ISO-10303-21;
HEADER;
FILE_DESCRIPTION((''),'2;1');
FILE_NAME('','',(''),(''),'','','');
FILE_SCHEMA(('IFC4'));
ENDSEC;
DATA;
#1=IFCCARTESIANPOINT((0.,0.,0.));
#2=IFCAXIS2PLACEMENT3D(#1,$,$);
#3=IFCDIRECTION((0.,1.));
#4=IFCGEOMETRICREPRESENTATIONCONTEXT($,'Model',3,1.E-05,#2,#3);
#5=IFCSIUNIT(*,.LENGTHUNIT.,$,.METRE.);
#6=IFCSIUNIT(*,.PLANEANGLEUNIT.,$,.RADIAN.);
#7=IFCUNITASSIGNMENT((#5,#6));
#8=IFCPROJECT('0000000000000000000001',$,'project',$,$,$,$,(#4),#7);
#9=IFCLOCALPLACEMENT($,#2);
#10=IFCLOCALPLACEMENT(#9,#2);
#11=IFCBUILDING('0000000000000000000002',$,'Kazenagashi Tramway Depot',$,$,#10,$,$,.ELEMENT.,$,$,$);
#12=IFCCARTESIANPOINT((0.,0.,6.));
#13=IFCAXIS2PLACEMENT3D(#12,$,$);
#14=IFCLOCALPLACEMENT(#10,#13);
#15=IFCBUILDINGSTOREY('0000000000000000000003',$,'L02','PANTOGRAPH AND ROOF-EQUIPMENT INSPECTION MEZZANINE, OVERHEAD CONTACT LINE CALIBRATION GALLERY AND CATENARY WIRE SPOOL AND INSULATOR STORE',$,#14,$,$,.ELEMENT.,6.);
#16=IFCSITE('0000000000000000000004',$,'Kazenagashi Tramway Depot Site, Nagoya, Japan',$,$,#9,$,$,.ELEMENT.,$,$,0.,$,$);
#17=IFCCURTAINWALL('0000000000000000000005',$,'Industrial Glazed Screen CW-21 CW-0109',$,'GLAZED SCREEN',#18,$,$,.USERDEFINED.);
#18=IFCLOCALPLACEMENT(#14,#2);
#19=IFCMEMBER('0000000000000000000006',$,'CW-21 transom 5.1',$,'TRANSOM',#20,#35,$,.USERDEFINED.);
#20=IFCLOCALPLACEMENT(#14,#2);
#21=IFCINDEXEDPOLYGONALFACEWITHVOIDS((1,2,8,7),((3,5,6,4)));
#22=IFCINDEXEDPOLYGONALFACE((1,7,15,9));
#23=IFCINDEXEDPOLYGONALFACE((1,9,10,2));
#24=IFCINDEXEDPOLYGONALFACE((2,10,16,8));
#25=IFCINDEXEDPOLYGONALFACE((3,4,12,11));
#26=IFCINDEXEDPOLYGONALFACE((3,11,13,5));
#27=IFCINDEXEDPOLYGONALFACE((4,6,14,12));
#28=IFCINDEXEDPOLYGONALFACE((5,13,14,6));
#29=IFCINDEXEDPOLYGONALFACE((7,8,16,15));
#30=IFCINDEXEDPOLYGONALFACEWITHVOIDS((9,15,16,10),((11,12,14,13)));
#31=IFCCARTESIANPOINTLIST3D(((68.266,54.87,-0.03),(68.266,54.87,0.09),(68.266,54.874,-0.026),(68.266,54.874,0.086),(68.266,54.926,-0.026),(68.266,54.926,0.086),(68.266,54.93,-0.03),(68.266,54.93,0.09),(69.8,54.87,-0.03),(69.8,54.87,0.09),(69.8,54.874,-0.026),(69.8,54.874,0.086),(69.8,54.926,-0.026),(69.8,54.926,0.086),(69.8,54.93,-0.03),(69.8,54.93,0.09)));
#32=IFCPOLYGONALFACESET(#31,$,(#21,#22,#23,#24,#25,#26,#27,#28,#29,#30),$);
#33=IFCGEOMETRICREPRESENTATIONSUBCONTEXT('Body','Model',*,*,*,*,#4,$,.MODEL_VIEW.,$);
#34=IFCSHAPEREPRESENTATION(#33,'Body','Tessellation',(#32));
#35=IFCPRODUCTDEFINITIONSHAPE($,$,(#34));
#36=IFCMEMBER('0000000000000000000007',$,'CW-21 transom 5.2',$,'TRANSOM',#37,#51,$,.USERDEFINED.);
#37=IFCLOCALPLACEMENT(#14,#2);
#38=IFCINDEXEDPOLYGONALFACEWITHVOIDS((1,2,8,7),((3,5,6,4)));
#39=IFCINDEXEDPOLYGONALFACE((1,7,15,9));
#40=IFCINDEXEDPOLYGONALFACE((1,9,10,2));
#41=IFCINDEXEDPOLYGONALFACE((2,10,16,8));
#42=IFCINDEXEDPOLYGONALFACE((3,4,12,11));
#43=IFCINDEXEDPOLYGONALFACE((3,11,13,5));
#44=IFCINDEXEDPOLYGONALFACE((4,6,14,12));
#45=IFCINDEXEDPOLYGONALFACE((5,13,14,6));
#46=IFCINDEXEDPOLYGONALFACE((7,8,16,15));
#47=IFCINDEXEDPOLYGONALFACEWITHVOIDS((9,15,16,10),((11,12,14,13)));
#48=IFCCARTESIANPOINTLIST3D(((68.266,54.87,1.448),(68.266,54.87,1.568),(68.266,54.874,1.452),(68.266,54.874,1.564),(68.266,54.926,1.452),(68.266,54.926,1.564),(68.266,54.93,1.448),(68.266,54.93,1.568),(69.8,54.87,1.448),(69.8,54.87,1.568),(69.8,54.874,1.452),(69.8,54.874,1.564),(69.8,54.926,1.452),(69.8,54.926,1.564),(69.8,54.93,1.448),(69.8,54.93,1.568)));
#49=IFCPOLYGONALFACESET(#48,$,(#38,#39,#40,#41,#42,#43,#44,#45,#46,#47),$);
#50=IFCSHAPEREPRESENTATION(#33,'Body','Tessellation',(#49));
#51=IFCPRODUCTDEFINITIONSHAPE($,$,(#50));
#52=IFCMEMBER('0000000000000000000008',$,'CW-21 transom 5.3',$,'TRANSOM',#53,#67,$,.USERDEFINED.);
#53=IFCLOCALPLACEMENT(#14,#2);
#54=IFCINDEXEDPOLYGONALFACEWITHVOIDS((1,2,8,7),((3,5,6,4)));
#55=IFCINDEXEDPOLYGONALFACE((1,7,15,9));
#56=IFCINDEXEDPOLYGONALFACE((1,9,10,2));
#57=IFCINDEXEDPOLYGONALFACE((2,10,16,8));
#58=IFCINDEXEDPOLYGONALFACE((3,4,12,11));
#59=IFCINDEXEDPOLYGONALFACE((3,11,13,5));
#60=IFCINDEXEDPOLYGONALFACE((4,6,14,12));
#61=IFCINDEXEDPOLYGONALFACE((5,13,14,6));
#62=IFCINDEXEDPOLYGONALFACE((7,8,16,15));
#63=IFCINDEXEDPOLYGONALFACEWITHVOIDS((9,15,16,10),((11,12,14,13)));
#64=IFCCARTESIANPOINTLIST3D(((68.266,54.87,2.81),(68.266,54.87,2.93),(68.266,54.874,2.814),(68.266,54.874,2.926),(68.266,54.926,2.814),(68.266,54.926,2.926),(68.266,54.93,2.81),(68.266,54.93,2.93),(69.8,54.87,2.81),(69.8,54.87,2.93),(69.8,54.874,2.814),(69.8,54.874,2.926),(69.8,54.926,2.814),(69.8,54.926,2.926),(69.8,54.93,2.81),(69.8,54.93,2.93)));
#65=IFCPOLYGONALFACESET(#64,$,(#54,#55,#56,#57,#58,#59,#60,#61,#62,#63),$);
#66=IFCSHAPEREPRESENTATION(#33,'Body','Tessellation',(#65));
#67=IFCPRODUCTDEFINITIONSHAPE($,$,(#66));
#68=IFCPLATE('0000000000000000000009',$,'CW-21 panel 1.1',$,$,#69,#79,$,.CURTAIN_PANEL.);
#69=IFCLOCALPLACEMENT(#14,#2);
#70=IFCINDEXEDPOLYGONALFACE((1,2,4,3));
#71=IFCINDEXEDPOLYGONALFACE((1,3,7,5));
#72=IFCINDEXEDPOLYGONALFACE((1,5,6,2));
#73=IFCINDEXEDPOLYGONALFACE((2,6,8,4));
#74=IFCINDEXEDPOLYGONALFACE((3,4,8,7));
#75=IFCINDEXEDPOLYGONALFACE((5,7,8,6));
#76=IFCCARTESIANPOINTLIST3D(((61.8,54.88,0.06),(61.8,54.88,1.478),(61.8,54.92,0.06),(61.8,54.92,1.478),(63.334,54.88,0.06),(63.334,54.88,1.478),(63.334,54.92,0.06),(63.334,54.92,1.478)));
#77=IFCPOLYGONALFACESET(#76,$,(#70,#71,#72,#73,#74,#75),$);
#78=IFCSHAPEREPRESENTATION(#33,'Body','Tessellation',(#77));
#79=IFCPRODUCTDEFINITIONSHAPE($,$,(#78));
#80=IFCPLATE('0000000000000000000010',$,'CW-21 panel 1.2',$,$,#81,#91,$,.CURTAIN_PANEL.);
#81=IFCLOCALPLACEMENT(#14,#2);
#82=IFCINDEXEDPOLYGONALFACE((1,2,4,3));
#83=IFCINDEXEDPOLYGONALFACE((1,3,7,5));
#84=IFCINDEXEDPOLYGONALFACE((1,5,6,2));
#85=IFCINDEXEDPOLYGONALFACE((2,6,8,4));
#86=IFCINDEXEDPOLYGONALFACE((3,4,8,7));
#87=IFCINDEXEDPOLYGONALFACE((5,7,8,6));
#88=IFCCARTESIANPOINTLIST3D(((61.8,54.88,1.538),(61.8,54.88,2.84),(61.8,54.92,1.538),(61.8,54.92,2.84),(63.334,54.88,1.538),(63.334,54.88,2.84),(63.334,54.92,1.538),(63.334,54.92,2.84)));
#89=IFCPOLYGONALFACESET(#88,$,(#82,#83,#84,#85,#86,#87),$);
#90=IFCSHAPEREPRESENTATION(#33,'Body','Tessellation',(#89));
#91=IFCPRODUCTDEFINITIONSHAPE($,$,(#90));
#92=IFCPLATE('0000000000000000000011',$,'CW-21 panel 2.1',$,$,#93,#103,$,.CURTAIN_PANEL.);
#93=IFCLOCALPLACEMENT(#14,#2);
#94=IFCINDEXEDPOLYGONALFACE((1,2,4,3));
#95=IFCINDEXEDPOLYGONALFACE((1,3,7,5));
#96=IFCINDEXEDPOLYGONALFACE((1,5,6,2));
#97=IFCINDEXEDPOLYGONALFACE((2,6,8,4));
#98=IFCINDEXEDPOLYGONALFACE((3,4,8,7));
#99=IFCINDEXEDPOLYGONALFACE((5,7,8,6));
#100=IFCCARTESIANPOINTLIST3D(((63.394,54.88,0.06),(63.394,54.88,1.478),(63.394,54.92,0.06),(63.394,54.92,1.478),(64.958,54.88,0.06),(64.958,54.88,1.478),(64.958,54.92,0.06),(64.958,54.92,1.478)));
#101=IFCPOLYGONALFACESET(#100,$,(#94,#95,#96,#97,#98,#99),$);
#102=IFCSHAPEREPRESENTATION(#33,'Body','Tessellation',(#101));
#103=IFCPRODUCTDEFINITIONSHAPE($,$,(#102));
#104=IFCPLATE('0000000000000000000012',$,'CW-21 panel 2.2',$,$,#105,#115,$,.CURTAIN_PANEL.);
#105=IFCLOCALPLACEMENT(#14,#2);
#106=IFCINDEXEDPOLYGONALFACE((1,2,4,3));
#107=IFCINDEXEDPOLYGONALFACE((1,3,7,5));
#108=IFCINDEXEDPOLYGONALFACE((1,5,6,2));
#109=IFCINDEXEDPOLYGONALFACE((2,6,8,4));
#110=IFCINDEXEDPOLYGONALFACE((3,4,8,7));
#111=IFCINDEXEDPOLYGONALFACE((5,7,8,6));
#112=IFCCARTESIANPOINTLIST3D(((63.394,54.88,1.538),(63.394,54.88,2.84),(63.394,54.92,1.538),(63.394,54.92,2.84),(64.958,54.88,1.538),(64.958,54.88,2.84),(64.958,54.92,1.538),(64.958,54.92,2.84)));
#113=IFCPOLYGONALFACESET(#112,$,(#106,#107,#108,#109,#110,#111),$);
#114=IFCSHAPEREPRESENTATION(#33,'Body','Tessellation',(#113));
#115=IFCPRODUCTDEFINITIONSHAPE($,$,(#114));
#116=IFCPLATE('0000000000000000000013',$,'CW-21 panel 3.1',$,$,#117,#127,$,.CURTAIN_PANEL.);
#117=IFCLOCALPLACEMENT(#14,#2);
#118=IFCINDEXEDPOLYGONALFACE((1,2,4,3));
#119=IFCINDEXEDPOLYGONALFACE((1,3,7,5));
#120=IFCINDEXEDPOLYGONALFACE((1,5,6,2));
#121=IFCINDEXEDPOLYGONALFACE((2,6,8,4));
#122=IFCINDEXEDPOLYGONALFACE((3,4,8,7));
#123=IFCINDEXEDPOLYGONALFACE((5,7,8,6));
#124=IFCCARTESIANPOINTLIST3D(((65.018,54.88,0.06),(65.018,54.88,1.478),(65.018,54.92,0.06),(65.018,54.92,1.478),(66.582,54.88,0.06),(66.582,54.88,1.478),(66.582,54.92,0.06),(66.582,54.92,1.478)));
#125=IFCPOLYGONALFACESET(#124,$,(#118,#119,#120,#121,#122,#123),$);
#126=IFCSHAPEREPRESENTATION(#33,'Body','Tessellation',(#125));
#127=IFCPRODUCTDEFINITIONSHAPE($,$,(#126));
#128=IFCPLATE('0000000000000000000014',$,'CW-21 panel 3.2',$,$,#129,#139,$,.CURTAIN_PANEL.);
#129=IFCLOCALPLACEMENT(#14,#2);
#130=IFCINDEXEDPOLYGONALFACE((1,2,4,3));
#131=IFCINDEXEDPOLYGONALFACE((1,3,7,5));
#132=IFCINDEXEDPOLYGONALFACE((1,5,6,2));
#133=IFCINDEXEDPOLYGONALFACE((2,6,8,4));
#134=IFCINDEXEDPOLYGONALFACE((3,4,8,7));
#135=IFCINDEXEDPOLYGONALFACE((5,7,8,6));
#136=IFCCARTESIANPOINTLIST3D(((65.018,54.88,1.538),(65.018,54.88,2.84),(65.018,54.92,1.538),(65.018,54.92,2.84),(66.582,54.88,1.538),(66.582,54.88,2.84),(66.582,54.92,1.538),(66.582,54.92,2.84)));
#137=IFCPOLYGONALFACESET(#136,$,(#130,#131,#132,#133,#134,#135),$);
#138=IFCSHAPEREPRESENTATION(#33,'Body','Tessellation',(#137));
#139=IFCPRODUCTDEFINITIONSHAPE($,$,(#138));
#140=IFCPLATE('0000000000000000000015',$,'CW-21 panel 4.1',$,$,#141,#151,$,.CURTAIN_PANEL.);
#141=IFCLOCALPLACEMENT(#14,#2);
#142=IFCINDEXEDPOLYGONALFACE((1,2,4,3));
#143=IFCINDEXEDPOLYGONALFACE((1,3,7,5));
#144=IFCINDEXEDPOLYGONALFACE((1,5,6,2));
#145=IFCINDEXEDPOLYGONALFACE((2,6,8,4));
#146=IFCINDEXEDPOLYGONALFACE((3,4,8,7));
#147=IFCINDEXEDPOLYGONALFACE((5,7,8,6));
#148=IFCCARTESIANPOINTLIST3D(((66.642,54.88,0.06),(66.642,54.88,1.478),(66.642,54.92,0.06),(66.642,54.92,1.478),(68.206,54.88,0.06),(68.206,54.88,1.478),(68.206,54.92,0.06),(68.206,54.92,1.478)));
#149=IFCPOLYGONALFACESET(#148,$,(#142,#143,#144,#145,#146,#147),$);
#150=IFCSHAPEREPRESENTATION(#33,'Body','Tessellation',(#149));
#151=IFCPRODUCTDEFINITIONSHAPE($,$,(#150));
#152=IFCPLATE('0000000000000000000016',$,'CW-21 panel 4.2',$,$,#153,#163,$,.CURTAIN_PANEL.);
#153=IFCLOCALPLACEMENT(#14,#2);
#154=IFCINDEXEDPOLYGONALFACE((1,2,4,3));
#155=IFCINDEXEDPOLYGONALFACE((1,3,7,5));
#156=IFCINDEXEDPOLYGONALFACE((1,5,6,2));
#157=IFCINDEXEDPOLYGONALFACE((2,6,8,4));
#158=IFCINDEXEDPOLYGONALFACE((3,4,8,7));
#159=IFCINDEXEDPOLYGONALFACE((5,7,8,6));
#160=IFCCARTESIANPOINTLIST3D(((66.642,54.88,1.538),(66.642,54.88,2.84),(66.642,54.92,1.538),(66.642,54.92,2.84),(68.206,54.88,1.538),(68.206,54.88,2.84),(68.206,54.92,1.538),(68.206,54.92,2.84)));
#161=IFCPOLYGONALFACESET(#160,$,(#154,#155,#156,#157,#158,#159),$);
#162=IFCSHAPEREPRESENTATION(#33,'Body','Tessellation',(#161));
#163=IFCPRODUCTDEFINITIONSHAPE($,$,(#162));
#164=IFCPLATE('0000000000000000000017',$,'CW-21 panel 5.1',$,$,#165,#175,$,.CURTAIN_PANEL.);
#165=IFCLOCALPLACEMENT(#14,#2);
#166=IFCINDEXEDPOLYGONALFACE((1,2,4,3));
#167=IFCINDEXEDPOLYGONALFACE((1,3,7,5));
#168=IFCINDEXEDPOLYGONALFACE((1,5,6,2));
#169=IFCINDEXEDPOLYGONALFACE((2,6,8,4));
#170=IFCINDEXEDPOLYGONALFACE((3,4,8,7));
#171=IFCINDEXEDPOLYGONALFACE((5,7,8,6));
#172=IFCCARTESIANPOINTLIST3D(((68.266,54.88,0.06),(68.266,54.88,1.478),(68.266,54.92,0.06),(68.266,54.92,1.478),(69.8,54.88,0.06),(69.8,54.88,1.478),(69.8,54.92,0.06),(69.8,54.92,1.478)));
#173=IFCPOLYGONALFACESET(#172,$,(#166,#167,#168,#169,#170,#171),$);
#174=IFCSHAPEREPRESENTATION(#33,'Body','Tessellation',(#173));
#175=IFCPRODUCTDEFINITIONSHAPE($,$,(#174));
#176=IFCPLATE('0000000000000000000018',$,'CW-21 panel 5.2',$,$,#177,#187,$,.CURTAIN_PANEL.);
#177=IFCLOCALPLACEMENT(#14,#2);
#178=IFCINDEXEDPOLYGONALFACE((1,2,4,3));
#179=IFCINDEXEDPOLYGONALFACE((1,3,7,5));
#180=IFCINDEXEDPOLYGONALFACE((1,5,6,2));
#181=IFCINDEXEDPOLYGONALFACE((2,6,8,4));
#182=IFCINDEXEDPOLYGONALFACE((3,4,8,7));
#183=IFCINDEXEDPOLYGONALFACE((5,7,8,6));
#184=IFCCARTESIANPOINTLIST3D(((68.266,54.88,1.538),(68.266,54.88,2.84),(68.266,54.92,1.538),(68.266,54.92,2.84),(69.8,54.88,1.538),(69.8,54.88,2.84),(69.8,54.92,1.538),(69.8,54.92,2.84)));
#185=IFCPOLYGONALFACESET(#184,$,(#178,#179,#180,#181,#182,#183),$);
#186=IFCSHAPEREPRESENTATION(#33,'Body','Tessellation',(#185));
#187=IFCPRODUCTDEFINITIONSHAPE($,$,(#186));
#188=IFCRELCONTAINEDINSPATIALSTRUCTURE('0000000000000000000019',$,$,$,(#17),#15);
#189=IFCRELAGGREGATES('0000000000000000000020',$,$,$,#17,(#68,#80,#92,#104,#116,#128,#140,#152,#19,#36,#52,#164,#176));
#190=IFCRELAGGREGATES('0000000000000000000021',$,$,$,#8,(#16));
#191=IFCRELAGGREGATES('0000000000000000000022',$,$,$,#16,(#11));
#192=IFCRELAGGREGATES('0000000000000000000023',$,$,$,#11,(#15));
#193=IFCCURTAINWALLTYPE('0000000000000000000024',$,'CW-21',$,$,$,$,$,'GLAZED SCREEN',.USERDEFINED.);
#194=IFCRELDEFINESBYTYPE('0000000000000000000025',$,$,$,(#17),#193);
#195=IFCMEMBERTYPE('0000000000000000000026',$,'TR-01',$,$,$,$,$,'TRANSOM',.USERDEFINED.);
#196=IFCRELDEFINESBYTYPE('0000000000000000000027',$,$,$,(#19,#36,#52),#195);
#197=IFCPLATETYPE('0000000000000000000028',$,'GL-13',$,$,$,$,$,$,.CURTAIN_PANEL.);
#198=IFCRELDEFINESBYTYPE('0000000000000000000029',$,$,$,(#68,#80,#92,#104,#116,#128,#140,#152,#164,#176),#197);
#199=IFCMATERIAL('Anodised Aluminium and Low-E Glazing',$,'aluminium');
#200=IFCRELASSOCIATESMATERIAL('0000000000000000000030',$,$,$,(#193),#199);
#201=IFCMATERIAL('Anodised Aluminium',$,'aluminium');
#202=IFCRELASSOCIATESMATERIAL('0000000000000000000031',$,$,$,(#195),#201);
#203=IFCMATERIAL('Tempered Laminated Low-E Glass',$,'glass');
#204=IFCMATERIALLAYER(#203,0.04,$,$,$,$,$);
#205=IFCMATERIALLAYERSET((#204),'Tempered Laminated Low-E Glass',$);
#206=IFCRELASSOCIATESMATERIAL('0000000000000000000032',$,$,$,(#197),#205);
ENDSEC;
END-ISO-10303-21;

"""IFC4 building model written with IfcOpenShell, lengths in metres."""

from ifc_helpers import new_model, si_unit, direction, frame, origin, origin_2d, place, context, subcontext, project, spatial, rectangle, hollow_rectangle, extrude, material, layer, layer_set, material_profile, profile_set, type_object, element, aggregate, save


model = new_model("IFC4")

# Units and contexts
model_context = context("Model", 3, precision=1e-05, world=origin(), true_north=direction((0.0, 1.0)))
body_context = subcontext(model_context, "Body", "Model", "MODEL_VIEW")
ifc_project = project(units=[si_unit("LENGTHUNIT", "METRE"), si_unit("PLANEANGLEUNIT", "RADIAN")], contexts=[model_context])

# Site, building, storey
site_placement = place(None, origin())
site = spatial("IfcSite", under=ifc_project, at=site_placement, Name="Kazenagashi Tramway Depot Site, Nagoya, Japan", CompositionType="ELEMENT", RefElevation=0.0)
building_placement = place(site_placement, origin())
building = spatial("IfcBuilding", under=site, at=building_placement, Name="Kazenagashi Tramway Depot", CompositionType="ELEMENT")
storey_placement = place(building_placement, frame((0.0, 0.0, 6.0)))
storey = spatial("IfcBuildingStorey", under=building, at=storey_placement, Name="L02", Description="PANTOGRAPH AND ROOF-EQUIPMENT INSPECTION MEZZANINE, OVERHEAD CONTACT LINE CALIBRATION GALLERY AND CATENARY WIRE SPOOL AND INSULATOR STORE", CompositionType="ELEMENT", Elevation=6.0)

# Curtain wall, members, plates
ifc_material_1 = material(Name="Anodised Aluminium and Low-E Glazing", Category="aluminium")
curtain_wall_type = type_object("IfcCurtainWallType", Name="CW-21", ElementType="GLAZED SCREEN", PredefinedType="USERDEFINED", material=ifc_material_1)
curtain_wall_placement = place(storey_placement, origin())
curtain_wall = element("IfcCurtainWall", 1, at=curtain_wall_placement, inside=storey, type_object=curtain_wall_type, Name="Industrial Glazed Screen CW-21 CW-0109", ObjectType="GLAZED SCREEN", PredefinedType="USERDEFINED")
ifc_material_2 = material(Name="Anodised Aluminium", Category="aluminium")
ifc_material_profile_1 = material_profile(ifc_material_2, hollow_rectangle(XDim=0.06, YDim=0.12, WallThickness=0.004, at=origin_2d()), Name="RHS-120x60x4")
ifc_profile_set_1 = profile_set([ifc_material_profile_1], Name="Anodised Aluminium")
member_type_1 = type_object("IfcMemberType", Name="TR-01", ElementType="TRANSOM", PredefinedType="USERDEFINED", material=ifc_profile_set_1)
member_1_placement = place(storey_placement, frame((68.266, 54.9, 0.03), z_axis=(1.0, 0.0, 0.0), x_axis=(0.0, 1.0, 0.0)))
member_1 = element("IfcMember", 2, at=member_1_placement, type_object=member_type_1, Name="CW-21 transom 5.1", ObjectType="TRANSOM", PredefinedType="USERDEFINED", context=body_context, shape_type="SweptSolid", body=[
    extrude(hollow_rectangle(XDim=0.06, YDim=0.12, WallThickness=0.004, at=origin_2d()), origin(), (0.0, 0.0, 1.0), 1.534),
])
member_2_placement = place(storey_placement, frame((68.266, 54.9, 1.508), z_axis=(1.0, 0.0, 0.0), x_axis=(0.0, 1.0, 0.0)))
member_2 = element("IfcMember", 3, at=member_2_placement, type_object=member_type_1, Name="CW-21 transom 5.2", ObjectType="TRANSOM", PredefinedType="USERDEFINED", context=body_context, shape_type="SweptSolid", body=[
    extrude(hollow_rectangle(XDim=0.06, YDim=0.12, WallThickness=0.004, at=origin_2d()), origin(), (0.0, 0.0, 1.0), 1.534),
])
member_3_placement = place(storey_placement, frame((68.266, 54.9, 2.87), z_axis=(1.0, 0.0, 0.0), x_axis=(0.0, 1.0, 0.0)))
member_3 = element("IfcMember", 4, at=member_3_placement, type_object=member_type_1, Name="CW-21 transom 5.3", ObjectType="TRANSOM", PredefinedType="USERDEFINED", context=body_context, shape_type="SweptSolid", body=[
    extrude(hollow_rectangle(XDim=0.06, YDim=0.12, WallThickness=0.004, at=origin_2d()), origin(), (0.0, 0.0, 1.0), 1.534),
])
ifc_material_3 = material(Name="Tempered Laminated Low-E Glass", Category="glass")
ifc_layer = layer(ifc_material_3, 0.04)
ifc_layer_set = layer_set([ifc_layer], Name="Tempered Laminated Low-E Glass")
plate_type = type_object("IfcPlateType", Name="GL-13", PredefinedType="CURTAIN_PANEL", material=ifc_layer_set)
plate_1_placement = place(storey_placement, frame((62.567, 54.9, 0.06), z_axis=(0.0, 0.0, 1.0), x_axis=(1.0, 0.0, 0.0)))
plate_1 = element("IfcPlate", 5, at=plate_1_placement, type_object=plate_type, Name="CW-21 panel 1.1", PredefinedType="CURTAIN_PANEL", context=body_context, shape_type="SweptSolid", body=[
    extrude(rectangle(XDim=1.534, YDim=0.04, at=origin_2d()), origin(), (0.0, 0.0, 1.0), 1.418),
])
plate_2_placement = place(storey_placement, frame((62.567, 54.9, 1.538), z_axis=(0.0, 0.0, 1.0), x_axis=(1.0, 0.0, 0.0)))
plate_2 = element("IfcPlate", 6, at=plate_2_placement, type_object=plate_type, Name="CW-21 panel 1.2", PredefinedType="CURTAIN_PANEL", context=body_context, shape_type="SweptSolid", body=[
    extrude(rectangle(XDim=1.534, YDim=0.04, at=origin_2d()), origin(), (0.0, 0.0, 1.0), 1.302),
])
plate_3_placement = place(storey_placement, frame((64.176, 54.9, 0.06), z_axis=(0.0, 0.0, 1.0), x_axis=(1.0, 0.0, 0.0)))
plate_3 = element("IfcPlate", 7, at=plate_3_placement, type_object=plate_type, Name="CW-21 panel 2.1", PredefinedType="CURTAIN_PANEL", context=body_context, shape_type="SweptSolid", body=[
    extrude(rectangle(XDim=1.564, YDim=0.04, at=origin_2d()), origin(), (0.0, 0.0, 1.0), 1.418),
])
plate_4_placement = place(storey_placement, frame((64.176, 54.9, 1.538), z_axis=(0.0, 0.0, 1.0), x_axis=(1.0, 0.0, 0.0)))
plate_4 = element("IfcPlate", 8, at=plate_4_placement, type_object=plate_type, Name="CW-21 panel 2.2", PredefinedType="CURTAIN_PANEL", context=body_context, shape_type="SweptSolid", body=[
    extrude(rectangle(XDim=1.564, YDim=0.04, at=origin_2d()), origin(), (0.0, 0.0, 1.0), 1.302),
])
plate_5_placement = place(storey_placement, frame((65.8, 54.9, 0.06), z_axis=(0.0, 0.0, 1.0), x_axis=(1.0, 0.0, 0.0)))
plate_5 = element("IfcPlate", 9, at=plate_5_placement, type_object=plate_type, Name="CW-21 panel 3.1", PredefinedType="CURTAIN_PANEL", context=body_context, shape_type="SweptSolid", body=[
    extrude(rectangle(XDim=1.564, YDim=0.04, at=origin_2d()), origin(), (0.0, 0.0, 1.0), 1.418),
])
plate_6_placement = place(storey_placement, frame((65.8, 54.9, 1.538), z_axis=(0.0, 0.0, 1.0), x_axis=(1.0, 0.0, 0.0)))
plate_6 = element("IfcPlate", 10, at=plate_6_placement, type_object=plate_type, Name="CW-21 panel 3.2", PredefinedType="CURTAIN_PANEL", context=body_context, shape_type="SweptSolid", body=[
    extrude(rectangle(XDim=1.564, YDim=0.04, at=origin_2d()), origin(), (0.0, 0.0, 1.0), 1.302),
])
plate_7_placement = place(storey_placement, frame((67.424, 54.9, 0.06), z_axis=(0.0, 0.0, 1.0), x_axis=(1.0, 0.0, 0.0)))
plate_7 = element("IfcPlate", 11, at=plate_7_placement, type_object=plate_type, Name="CW-21 panel 4.1", PredefinedType="CURTAIN_PANEL", context=body_context, shape_type="SweptSolid", body=[
    extrude(rectangle(XDim=1.564, YDim=0.04, at=origin_2d()), origin(), (0.0, 0.0, 1.0), 1.418),
])
plate_8_placement = place(storey_placement, frame((67.424, 54.9, 1.538), z_axis=(0.0, 0.0, 1.0), x_axis=(1.0, 0.0, 0.0)))
plate_8 = element("IfcPlate", 12, at=plate_8_placement, type_object=plate_type, Name="CW-21 panel 4.2", PredefinedType="CURTAIN_PANEL", context=body_context, shape_type="SweptSolid", body=[
    extrude(rectangle(XDim=1.564, YDim=0.04, at=origin_2d()), origin(), (0.0, 0.0, 1.0), 1.302),
])
plate_9_placement = place(storey_placement, frame((69.033, 54.9, 0.06), z_axis=(0.0, 0.0, 1.0), x_axis=(1.0, 0.0, 0.0)))
plate_9 = element("IfcPlate", 13, at=plate_9_placement, type_object=plate_type, Name="CW-21 panel 5.1", PredefinedType="CURTAIN_PANEL", context=body_context, shape_type="SweptSolid", body=[
    extrude(rectangle(XDim=1.534, YDim=0.04, at=origin_2d()), origin(), (0.0, 0.0, 1.0), 1.418),
])
plate_10_placement = place(storey_placement, frame((69.033, 54.9, 1.538), z_axis=(0.0, 0.0, 1.0), x_axis=(1.0, 0.0, 0.0)))
plate_10 = element("IfcPlate", 14, at=plate_10_placement, type_object=plate_type, Name="CW-21 panel 5.2", PredefinedType="CURTAIN_PANEL", context=body_context, shape_type="SweptSolid", body=[
    extrude(rectangle(XDim=1.534, YDim=0.04, at=origin_2d()), origin(), (0.0, 0.0, 1.0), 1.302),
])
aggregate(curtain_wall, [plate_1, plate_2, plate_3, plate_4, plate_5, plate_6, plate_7, plate_8, member_1, member_2, member_3, plate_9, plate_10])

save(model, "model.ifc")
